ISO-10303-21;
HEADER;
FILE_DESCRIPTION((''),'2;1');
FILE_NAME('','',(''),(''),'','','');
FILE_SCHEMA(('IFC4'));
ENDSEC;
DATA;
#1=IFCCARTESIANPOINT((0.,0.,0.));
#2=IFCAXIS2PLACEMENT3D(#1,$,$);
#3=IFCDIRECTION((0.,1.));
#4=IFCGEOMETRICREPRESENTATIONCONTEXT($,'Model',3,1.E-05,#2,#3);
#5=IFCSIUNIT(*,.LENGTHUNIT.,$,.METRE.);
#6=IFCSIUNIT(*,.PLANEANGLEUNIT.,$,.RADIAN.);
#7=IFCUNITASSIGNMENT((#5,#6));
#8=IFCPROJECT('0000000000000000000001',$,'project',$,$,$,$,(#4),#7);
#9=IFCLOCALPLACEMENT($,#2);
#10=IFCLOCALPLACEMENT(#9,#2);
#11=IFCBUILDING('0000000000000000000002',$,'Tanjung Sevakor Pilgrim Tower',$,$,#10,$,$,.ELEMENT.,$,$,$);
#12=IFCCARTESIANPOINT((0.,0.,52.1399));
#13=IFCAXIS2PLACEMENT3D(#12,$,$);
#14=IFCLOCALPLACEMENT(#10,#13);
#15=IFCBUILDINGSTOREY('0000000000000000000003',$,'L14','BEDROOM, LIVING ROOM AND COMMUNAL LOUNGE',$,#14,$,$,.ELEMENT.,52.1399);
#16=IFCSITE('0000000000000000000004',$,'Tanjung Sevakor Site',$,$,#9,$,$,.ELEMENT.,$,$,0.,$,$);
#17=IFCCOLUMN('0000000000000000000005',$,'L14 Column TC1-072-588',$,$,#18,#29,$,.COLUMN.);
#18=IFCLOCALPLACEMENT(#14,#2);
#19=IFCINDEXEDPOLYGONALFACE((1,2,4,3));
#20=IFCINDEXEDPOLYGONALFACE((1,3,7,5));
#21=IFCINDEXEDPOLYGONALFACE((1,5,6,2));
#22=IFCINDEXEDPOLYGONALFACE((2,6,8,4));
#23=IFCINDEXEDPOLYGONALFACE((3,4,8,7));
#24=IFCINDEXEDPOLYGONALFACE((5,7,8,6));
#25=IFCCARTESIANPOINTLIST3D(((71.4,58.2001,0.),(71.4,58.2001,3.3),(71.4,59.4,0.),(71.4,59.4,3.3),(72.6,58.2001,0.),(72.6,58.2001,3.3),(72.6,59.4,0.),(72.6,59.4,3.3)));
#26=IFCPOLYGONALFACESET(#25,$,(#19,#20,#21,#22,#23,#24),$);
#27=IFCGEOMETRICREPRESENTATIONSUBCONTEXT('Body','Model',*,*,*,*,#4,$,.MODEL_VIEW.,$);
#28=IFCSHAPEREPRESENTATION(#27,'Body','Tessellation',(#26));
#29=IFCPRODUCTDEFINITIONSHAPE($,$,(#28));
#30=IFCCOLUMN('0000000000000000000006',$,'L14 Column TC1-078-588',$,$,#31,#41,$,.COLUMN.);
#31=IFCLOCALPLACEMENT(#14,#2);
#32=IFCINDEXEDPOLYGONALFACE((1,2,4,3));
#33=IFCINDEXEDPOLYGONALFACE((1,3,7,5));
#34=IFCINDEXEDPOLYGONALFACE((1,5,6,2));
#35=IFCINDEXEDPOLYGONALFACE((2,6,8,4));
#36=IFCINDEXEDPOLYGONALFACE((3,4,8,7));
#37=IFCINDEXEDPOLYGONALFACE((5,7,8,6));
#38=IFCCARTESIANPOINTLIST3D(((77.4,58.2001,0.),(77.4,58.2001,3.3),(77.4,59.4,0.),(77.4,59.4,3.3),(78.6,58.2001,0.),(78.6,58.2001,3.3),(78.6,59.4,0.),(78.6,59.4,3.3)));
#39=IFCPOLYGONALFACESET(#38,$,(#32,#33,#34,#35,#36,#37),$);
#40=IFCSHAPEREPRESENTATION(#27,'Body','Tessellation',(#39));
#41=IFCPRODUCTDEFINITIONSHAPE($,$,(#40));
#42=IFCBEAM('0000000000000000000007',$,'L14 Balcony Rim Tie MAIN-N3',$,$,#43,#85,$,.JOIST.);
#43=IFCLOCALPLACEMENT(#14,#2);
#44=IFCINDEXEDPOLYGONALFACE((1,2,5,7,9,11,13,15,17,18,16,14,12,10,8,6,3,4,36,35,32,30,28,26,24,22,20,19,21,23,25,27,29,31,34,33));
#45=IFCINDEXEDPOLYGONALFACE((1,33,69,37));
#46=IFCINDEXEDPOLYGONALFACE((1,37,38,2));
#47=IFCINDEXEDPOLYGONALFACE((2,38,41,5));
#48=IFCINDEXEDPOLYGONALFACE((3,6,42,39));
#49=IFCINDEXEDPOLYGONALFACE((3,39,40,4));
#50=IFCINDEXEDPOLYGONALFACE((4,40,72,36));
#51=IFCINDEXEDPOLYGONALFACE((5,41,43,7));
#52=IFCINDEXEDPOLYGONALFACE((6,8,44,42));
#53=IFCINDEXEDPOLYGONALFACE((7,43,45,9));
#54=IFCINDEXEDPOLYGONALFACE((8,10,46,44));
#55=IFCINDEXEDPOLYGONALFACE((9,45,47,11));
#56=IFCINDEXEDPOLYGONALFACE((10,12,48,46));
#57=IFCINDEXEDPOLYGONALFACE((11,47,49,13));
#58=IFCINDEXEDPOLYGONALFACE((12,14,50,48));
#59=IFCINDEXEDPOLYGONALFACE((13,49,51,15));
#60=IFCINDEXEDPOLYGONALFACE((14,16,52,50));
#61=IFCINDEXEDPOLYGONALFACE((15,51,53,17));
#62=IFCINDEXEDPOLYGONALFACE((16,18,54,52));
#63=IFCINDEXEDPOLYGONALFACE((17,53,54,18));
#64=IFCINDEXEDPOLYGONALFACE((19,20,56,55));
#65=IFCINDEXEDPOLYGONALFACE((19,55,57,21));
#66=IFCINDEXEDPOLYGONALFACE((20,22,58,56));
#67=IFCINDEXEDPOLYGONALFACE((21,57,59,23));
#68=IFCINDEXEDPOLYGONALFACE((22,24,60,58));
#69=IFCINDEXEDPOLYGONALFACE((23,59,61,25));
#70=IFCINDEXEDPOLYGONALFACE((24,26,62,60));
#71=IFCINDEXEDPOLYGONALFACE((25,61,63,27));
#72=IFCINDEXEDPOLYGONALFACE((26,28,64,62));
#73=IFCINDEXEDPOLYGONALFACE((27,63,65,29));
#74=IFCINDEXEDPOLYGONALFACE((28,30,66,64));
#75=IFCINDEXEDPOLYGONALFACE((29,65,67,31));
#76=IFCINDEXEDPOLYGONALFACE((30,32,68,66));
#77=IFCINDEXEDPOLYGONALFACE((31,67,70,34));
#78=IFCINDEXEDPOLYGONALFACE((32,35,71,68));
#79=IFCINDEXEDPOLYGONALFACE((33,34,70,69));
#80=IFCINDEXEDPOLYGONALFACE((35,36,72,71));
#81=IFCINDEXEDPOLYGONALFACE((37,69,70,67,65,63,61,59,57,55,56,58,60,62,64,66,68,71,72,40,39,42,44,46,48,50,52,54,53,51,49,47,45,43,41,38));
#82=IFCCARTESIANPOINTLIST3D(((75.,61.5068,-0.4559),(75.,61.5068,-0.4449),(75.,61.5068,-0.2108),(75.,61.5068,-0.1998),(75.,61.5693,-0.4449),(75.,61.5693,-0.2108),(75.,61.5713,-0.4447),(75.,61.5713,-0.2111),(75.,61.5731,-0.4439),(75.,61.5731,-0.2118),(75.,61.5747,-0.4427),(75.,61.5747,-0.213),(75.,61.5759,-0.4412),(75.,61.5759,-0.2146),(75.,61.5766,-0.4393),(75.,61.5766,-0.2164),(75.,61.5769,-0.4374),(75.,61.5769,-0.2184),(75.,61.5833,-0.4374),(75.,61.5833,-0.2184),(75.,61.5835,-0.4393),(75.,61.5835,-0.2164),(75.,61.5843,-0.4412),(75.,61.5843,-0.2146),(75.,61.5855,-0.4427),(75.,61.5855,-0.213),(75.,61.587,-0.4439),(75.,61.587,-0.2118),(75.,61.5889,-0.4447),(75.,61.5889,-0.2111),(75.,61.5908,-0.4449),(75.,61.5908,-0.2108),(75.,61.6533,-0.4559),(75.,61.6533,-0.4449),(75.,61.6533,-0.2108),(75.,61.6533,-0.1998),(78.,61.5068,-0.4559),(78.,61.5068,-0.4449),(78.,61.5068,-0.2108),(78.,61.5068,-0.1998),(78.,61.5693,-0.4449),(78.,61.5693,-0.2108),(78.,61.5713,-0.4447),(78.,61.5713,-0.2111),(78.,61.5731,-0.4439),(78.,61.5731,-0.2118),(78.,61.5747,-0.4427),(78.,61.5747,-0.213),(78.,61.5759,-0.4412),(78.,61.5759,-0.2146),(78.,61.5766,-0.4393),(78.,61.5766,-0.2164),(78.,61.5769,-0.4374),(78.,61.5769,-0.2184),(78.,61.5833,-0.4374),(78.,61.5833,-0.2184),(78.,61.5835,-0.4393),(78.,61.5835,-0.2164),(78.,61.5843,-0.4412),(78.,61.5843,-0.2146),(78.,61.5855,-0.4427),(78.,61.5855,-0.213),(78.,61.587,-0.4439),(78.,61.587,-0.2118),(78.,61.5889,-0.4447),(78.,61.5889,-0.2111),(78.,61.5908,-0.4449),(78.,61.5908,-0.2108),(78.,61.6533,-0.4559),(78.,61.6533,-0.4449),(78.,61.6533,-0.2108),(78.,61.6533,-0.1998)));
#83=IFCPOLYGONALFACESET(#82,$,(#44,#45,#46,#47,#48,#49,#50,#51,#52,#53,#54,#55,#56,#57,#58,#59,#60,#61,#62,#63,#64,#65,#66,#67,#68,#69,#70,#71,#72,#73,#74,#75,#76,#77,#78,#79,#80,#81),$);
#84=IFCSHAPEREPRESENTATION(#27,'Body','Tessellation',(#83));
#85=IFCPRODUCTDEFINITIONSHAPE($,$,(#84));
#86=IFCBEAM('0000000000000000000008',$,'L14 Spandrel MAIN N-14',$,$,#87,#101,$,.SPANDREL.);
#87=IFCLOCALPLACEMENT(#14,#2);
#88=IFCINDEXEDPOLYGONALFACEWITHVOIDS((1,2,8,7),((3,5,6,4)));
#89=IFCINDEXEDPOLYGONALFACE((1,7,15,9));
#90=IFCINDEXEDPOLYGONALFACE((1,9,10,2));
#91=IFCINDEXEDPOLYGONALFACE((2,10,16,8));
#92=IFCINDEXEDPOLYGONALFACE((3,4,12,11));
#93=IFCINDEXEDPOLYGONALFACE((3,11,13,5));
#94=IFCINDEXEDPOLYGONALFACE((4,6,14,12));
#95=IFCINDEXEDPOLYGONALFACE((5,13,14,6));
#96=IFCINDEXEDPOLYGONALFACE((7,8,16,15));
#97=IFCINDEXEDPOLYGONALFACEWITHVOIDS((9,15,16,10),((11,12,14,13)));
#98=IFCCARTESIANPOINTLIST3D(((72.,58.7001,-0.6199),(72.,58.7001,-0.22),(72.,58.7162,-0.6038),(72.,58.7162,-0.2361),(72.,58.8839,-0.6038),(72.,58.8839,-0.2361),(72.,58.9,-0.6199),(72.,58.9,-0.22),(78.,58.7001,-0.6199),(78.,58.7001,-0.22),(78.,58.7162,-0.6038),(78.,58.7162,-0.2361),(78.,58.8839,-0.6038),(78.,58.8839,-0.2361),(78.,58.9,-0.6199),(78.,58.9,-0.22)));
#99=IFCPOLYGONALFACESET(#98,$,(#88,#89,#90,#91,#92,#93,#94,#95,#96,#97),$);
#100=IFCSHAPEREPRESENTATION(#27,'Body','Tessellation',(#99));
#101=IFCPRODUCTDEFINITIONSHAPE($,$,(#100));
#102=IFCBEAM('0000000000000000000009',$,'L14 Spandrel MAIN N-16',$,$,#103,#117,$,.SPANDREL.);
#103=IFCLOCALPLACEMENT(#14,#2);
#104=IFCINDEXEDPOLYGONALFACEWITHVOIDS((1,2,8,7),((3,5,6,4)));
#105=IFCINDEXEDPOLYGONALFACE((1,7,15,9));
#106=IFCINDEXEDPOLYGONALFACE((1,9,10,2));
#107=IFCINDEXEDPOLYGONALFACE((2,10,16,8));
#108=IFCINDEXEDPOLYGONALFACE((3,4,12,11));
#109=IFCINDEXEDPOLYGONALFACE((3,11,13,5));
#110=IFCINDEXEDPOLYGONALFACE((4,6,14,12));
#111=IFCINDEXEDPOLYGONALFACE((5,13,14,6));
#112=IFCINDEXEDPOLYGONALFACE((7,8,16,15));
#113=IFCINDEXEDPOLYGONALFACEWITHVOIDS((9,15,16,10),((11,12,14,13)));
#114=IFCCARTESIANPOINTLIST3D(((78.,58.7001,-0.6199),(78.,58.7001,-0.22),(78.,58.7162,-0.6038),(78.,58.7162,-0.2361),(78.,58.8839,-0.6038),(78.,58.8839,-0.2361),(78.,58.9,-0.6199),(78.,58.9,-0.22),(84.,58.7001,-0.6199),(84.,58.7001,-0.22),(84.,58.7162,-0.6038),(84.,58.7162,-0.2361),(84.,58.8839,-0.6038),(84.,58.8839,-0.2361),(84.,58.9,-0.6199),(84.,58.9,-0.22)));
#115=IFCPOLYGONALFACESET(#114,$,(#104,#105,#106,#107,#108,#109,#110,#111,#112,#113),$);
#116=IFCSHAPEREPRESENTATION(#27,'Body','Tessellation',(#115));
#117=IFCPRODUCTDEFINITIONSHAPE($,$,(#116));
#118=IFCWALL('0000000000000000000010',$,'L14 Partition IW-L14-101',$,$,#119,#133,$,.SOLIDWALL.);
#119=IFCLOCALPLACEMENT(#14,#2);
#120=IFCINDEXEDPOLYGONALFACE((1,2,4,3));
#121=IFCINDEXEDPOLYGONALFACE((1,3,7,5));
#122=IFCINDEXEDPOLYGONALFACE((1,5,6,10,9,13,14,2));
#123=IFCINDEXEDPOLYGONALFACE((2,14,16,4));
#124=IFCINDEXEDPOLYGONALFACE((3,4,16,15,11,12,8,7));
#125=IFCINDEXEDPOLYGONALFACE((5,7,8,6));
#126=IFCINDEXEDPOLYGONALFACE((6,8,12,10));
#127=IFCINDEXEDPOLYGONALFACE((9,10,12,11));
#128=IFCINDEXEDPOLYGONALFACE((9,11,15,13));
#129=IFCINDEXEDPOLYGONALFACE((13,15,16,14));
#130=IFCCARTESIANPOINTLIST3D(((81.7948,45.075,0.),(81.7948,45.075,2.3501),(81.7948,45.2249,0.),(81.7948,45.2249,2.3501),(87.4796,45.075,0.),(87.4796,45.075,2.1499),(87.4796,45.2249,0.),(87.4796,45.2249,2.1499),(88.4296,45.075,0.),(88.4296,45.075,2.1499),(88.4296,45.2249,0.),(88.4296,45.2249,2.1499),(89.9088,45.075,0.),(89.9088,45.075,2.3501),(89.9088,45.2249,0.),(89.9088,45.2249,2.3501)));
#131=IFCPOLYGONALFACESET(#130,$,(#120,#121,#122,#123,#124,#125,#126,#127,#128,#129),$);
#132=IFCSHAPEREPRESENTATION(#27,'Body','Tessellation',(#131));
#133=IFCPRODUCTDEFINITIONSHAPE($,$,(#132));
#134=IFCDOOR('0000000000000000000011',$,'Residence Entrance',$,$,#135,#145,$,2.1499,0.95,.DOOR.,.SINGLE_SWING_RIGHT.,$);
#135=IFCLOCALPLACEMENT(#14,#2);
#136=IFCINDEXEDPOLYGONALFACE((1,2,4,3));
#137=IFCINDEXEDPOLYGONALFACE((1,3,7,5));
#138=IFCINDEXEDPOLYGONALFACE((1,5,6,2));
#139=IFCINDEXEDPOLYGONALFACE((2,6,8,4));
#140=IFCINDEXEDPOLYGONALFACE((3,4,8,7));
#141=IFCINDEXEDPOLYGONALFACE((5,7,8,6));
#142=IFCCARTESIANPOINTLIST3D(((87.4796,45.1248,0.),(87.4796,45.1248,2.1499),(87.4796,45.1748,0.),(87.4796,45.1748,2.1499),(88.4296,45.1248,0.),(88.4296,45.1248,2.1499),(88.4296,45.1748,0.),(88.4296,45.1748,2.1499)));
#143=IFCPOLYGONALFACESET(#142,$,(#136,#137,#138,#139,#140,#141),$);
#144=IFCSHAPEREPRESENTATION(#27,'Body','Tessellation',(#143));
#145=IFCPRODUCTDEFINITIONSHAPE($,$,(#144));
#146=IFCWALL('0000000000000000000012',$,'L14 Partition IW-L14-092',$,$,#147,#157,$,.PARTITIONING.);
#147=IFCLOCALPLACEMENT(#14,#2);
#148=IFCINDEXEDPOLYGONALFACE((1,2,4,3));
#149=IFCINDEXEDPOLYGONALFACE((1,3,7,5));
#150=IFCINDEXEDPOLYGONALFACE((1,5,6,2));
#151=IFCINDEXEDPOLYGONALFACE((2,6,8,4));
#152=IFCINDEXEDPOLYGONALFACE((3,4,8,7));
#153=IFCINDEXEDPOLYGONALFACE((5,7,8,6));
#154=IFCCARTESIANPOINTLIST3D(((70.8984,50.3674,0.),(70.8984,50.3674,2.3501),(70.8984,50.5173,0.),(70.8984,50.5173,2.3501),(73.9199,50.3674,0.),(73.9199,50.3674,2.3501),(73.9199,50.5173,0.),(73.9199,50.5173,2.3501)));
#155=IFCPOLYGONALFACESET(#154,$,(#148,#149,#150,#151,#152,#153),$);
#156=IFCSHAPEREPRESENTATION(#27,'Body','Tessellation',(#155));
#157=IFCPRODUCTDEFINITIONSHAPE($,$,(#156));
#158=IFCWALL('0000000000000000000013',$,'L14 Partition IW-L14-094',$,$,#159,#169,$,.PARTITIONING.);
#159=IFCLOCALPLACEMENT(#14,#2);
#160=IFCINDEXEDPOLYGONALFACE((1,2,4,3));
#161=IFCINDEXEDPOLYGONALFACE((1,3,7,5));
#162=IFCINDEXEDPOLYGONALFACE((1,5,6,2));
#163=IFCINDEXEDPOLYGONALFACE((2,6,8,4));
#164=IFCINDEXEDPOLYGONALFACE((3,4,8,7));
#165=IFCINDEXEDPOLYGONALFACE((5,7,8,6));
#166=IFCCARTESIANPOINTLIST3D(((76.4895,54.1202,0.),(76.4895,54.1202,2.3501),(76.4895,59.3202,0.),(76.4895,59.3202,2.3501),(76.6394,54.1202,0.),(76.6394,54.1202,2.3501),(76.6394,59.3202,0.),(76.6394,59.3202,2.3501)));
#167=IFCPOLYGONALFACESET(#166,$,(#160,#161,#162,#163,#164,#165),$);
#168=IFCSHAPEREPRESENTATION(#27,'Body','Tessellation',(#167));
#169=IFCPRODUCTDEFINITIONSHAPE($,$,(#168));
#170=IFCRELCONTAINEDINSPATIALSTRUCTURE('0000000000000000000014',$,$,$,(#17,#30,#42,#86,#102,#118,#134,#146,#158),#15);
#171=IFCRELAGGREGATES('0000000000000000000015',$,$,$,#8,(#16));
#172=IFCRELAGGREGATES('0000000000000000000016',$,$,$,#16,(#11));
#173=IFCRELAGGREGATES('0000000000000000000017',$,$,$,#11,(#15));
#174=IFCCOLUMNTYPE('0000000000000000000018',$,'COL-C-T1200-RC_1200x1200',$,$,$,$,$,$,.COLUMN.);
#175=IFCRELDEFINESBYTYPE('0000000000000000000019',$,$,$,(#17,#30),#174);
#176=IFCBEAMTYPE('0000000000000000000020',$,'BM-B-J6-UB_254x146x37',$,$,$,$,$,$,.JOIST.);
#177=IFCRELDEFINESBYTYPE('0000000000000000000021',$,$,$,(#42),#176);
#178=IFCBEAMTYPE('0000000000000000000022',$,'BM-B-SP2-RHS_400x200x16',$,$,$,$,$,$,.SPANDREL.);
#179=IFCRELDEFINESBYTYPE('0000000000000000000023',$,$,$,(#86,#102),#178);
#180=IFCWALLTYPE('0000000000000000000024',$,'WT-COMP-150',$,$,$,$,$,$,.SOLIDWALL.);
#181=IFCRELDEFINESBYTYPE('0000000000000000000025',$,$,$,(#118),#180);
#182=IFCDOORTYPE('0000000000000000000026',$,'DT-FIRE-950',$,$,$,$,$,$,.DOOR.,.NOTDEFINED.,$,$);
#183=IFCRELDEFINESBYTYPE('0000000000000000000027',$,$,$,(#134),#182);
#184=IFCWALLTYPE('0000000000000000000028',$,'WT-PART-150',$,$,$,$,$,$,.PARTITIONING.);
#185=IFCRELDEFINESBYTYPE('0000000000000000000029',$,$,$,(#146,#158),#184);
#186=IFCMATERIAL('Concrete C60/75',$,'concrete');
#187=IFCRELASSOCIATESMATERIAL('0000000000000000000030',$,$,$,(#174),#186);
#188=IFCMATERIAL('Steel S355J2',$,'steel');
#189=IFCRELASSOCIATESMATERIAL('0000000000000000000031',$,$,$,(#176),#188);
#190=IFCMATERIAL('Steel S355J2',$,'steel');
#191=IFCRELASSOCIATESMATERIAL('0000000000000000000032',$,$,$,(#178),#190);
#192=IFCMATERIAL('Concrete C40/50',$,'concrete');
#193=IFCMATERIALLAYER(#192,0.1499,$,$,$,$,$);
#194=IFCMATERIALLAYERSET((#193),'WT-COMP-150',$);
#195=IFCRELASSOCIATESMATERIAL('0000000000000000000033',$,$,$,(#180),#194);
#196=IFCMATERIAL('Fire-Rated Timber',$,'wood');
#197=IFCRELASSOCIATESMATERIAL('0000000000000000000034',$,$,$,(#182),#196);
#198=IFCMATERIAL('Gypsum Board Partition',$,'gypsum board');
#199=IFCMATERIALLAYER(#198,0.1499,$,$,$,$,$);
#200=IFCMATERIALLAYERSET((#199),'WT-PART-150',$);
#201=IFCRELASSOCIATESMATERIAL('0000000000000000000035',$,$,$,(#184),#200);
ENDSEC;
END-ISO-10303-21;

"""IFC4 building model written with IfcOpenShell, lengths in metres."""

from ifc_helpers import new_model, si_unit, direction, frame, frame_2d, origin, origin_2d, place, context, subcontext, project, spatial, rectangle, hollow_rectangle, i_section, extrude, material, layer, layer_set, material_profile, profile_set, type_object, element, fill, save


model = new_model("IFC4")

# Units and contexts
model_context = context("Model", 3, precision=1e-05, world=origin(), true_north=direction((0.0, 1.0)))
body_context = subcontext(model_context, "Body", "Model", "MODEL_VIEW")
ifc_project = project(units=[si_unit("LENGTHUNIT", "METRE"), si_unit("PLANEANGLEUNIT", "RADIAN")], contexts=[model_context])

# Site, building, storey
site_placement = place(None, origin())
site = spatial("IfcSite", under=ifc_project, at=site_placement, Name="Tanjung Sevakor Site", CompositionType="ELEMENT", RefElevation=0.0)
building_placement = place(site_placement, origin())
building = spatial("IfcBuilding", under=site, at=building_placement, Name="Tanjung Sevakor Pilgrim Tower", CompositionType="ELEMENT")
storey_placement = place(building_placement, frame((0.0, 0.0, 52.1399)))
storey = spatial("IfcBuildingStorey", under=building, at=storey_placement, Name="L14", Description="BEDROOM, LIVING ROOM AND COMMUNAL LOUNGE", CompositionType="ELEMENT", Elevation=52.1399)

# Columns
ifc_material_1 = material(Name="Concrete C60/75", Category="concrete")
ifc_material_profile_1 = material_profile(ifc_material_1, rectangle(XDim=1.2, YDim=1.2, at=origin_2d()))
ifc_profile_set_1 = profile_set([ifc_material_profile_1], Name="Concrete C60/75")
column_type = type_object("IfcColumnType", Name="COL-C-T1200-RC_1200x1200", PredefinedType="COLUMN", material=ifc_profile_set_1)
for number, where, z_axis, x_axis, name in (
    (1, (72.0, 58.8, 0.0), (0.0, 0.0, 1.0), (1.0, 0.0, 0.0), "L14 Column TC1-072-588"),
    (2, (78.0, 58.8, 0.0), (0.0, 0.0, 1.0), (1.0, 0.0, 0.0), "L14 Column TC1-078-588"),
):
    element("IfcColumn", number, at=place(storey_placement, frame(where, z_axis=z_axis, x_axis=x_axis)), inside=storey, type_object=column_type, Name=name, PredefinedType="COLUMN", context=body_context, shape_type="SweptSolid", body=[
        extrude(rectangle(XDim=1.2, YDim=1.2, at=origin_2d()), origin(), (0.0, 0.0, 1.0), 3.3),
    ])

# Beams
ifc_material_2 = material(Name="Steel S355J2", Category="steel")
ifc_material_profile_2 = material_profile(ifc_material_2, i_section(OverallWidth=0.1465, OverallDepth=0.2561, WebThickness=0.0063, FlangeThickness=0.011, FilletRadius=0.0076, at=origin_2d()))
ifc_profile_set_2 = profile_set([ifc_material_profile_2], Name="Steel S355J2")
beam_type_1 = type_object("IfcBeamType", Name="BM-B-J6-UB_254x146x37", PredefinedType="JOIST", material=ifc_profile_set_2)
beam_placement = place(storey_placement, frame((75.0, 61.5801, -0.3279), z_axis=(1.0, 0.0, 0.0), x_axis=(0.0, 1.0, 0.0)))
element("IfcBeam", 3, at=beam_placement, inside=storey, type_object=beam_type_1, Name="L14 Balcony Rim Tie MAIN-N3", PredefinedType="JOIST", context=body_context, shape_type="SweptSolid", body=[
    extrude(i_section(OverallWidth=0.1465, OverallDepth=0.2561, WebThickness=0.0063, FlangeThickness=0.011, FilletRadius=0.0076, at=origin_2d()), origin(), (0.0, 0.0, 1.0), 3.0),
])
ifc_material_3 = material(Name="Steel S355J2", Category="steel")
ifc_material_profile_3 = material_profile(ifc_material_3, hollow_rectangle(XDim=0.2, YDim=0.3999, WallThickness=0.0161, at=origin_2d()))
ifc_profile_set_3 = profile_set([ifc_material_profile_3], Name="Steel S355J2")
beam_type_2 = type_object("IfcBeamType", Name="BM-B-SP2-RHS_400x200x16", PredefinedType="SPANDREL", material=ifc_profile_set_3)
for number, where, z_axis, x_axis, name in (
    (4, (72.0, 58.8, -0.4199), (1.0, 0.0, 0.0), (0.0, 1.0, 0.0), "L14 Spandrel MAIN N-14"),
    (5, (78.0, 58.8, -0.4199), (1.0, 0.0, 0.0), (0.0, 1.0, 0.0), "L14 Spandrel MAIN N-16"),
):
    element("IfcBeam", number, at=place(storey_placement, frame(where, z_axis=z_axis, x_axis=x_axis)), inside=storey, type_object=beam_type_2, Name=name, PredefinedType="SPANDREL", context=body_context, shape_type="SweptSolid", body=[
        extrude(hollow_rectangle(XDim=0.2, YDim=0.3999, WallThickness=0.0161, at=origin_2d()), origin(), (0.0, 0.0, 1.0), 6.0),
    ])

# Wall, opening, door
ifc_material_4 = material(Name="Concrete C40/50", Category="concrete")
ifc_layer_1 = layer(ifc_material_4, 0.1499)
ifc_layer_set_1 = layer_set([ifc_layer_1], Name="WT-COMP-150")
wall_type_1 = type_object("IfcWallType", Name="WT-COMP-150", PredefinedType="SOLIDWALL", material=ifc_layer_set_1)
wall_1_placement = place(storey_placement, frame((81.7947, 45.1499, 0.0), z_axis=(0.0, 0.0, 1.0), x_axis=(1.0, 0.0, 0.0)))
wall_1 = element("IfcWall", 6, at=wall_1_placement, inside=storey, type_object=wall_type_1, Name="L14 Partition IW-L14-101", PredefinedType="SOLIDWALL", context=body_context, shape_type="SweptSolid", body=[
    extrude(rectangle(XDim=8.114, YDim=0.1499, at=frame_2d((4.0571, 0.0))), origin(), (0.0, 0.0, 1.0), 2.3501),
])
opening_1_placement = place(wall_1_placement, frame((5.6848, 0.0, 0.0)))
opening_1 = element("IfcOpeningElement", 7, at=opening_1_placement, cuts=wall_1, PredefinedType="OPENING", context=body_context, shape_type="SweptSolid", body=[
    extrude(rectangle(XDim=0.95, YDim=2.1499, at=frame_2d((0.4751, 1.075))), frame((0.0, 0.085, 0.0), z_axis=(0.0, -1.0, 0.0), x_axis=(1.0, 0.0, 0.0)), (0.0, 0.0, 1.0), 0.1699),
])
ifc_material_5 = material(Name="Fire-Rated Timber", Category="wood")
door_type_1 = type_object("IfcDoorType", Name="DT-FIRE-950", OperationType="NOTDEFINED", PredefinedType="DOOR", material=ifc_material_5)
door_1_placement = place(opening_1_placement, origin())
door_1 = element("IfcDoor", 8, at=door_1_placement, inside=storey, type_object=door_type_1, Name="Residence Entrance", OperationType="SINGLE_SWING_RIGHT", OverallHeight=2.1499, OverallWidth=0.95, PredefinedType="DOOR", context=body_context, shape_type="SweptSolid", body=[
    extrude(rectangle(XDim=0.95, YDim=2.1499, at=frame_2d((0.4751, 1.075))), frame((0.0, 0.0249, 0.0), z_axis=(0.0, -1.0, 0.0), x_axis=(1.0, 0.0, 0.0)), (0.0, 0.0, 1.0), 0.05),
])
fill(opening_1, door_1)

# Walls
ifc_material_6 = material(Name="Gypsum Board Partition", Category="gypsum board")
ifc_layer_2 = layer(ifc_material_6, 0.1499)
ifc_layer_set_2 = layer_set([ifc_layer_2], Name="WT-PART-150")
wall_type_2 = type_object("IfcWallType", Name="WT-PART-150", PredefinedType="PARTITIONING", material=ifc_layer_set_2)
wall_2_placement = place(storey_placement, frame((70.8984, 50.4424, 0.0), z_axis=(0.0, 0.0, 1.0), x_axis=(1.0, 0.0, 0.0)))
element("IfcWall", 9, at=wall_2_placement, inside=storey, type_object=wall_type_2, Name="L14 Partition IW-L14-092", PredefinedType="PARTITIONING", context=body_context, shape_type="SweptSolid", body=[
    extrude(rectangle(XDim=3.0215, YDim=0.1499, at=frame_2d((1.5107, 0.0))), origin(), (0.0, 0.0, 1.0), 2.3501),
])
wall_3_placement = place(storey_placement, frame((76.5645, 54.1201, 0.0), z_axis=(0.0, 0.0, 1.0), x_axis=(0.0, 1.0, 0.0)))
element("IfcWall", 10, at=wall_3_placement, inside=storey, type_object=wall_type_2, Name="L14 Partition IW-L14-094", PredefinedType="PARTITIONING", context=body_context, shape_type="SweptSolid", body=[
    extrude(rectangle(XDim=5.2, YDim=0.1499, at=frame_2d((2.6001, 0.0))), origin(), (0.0, 0.0, 1.0), 2.3501),
])

save(model, "model.ifc")
